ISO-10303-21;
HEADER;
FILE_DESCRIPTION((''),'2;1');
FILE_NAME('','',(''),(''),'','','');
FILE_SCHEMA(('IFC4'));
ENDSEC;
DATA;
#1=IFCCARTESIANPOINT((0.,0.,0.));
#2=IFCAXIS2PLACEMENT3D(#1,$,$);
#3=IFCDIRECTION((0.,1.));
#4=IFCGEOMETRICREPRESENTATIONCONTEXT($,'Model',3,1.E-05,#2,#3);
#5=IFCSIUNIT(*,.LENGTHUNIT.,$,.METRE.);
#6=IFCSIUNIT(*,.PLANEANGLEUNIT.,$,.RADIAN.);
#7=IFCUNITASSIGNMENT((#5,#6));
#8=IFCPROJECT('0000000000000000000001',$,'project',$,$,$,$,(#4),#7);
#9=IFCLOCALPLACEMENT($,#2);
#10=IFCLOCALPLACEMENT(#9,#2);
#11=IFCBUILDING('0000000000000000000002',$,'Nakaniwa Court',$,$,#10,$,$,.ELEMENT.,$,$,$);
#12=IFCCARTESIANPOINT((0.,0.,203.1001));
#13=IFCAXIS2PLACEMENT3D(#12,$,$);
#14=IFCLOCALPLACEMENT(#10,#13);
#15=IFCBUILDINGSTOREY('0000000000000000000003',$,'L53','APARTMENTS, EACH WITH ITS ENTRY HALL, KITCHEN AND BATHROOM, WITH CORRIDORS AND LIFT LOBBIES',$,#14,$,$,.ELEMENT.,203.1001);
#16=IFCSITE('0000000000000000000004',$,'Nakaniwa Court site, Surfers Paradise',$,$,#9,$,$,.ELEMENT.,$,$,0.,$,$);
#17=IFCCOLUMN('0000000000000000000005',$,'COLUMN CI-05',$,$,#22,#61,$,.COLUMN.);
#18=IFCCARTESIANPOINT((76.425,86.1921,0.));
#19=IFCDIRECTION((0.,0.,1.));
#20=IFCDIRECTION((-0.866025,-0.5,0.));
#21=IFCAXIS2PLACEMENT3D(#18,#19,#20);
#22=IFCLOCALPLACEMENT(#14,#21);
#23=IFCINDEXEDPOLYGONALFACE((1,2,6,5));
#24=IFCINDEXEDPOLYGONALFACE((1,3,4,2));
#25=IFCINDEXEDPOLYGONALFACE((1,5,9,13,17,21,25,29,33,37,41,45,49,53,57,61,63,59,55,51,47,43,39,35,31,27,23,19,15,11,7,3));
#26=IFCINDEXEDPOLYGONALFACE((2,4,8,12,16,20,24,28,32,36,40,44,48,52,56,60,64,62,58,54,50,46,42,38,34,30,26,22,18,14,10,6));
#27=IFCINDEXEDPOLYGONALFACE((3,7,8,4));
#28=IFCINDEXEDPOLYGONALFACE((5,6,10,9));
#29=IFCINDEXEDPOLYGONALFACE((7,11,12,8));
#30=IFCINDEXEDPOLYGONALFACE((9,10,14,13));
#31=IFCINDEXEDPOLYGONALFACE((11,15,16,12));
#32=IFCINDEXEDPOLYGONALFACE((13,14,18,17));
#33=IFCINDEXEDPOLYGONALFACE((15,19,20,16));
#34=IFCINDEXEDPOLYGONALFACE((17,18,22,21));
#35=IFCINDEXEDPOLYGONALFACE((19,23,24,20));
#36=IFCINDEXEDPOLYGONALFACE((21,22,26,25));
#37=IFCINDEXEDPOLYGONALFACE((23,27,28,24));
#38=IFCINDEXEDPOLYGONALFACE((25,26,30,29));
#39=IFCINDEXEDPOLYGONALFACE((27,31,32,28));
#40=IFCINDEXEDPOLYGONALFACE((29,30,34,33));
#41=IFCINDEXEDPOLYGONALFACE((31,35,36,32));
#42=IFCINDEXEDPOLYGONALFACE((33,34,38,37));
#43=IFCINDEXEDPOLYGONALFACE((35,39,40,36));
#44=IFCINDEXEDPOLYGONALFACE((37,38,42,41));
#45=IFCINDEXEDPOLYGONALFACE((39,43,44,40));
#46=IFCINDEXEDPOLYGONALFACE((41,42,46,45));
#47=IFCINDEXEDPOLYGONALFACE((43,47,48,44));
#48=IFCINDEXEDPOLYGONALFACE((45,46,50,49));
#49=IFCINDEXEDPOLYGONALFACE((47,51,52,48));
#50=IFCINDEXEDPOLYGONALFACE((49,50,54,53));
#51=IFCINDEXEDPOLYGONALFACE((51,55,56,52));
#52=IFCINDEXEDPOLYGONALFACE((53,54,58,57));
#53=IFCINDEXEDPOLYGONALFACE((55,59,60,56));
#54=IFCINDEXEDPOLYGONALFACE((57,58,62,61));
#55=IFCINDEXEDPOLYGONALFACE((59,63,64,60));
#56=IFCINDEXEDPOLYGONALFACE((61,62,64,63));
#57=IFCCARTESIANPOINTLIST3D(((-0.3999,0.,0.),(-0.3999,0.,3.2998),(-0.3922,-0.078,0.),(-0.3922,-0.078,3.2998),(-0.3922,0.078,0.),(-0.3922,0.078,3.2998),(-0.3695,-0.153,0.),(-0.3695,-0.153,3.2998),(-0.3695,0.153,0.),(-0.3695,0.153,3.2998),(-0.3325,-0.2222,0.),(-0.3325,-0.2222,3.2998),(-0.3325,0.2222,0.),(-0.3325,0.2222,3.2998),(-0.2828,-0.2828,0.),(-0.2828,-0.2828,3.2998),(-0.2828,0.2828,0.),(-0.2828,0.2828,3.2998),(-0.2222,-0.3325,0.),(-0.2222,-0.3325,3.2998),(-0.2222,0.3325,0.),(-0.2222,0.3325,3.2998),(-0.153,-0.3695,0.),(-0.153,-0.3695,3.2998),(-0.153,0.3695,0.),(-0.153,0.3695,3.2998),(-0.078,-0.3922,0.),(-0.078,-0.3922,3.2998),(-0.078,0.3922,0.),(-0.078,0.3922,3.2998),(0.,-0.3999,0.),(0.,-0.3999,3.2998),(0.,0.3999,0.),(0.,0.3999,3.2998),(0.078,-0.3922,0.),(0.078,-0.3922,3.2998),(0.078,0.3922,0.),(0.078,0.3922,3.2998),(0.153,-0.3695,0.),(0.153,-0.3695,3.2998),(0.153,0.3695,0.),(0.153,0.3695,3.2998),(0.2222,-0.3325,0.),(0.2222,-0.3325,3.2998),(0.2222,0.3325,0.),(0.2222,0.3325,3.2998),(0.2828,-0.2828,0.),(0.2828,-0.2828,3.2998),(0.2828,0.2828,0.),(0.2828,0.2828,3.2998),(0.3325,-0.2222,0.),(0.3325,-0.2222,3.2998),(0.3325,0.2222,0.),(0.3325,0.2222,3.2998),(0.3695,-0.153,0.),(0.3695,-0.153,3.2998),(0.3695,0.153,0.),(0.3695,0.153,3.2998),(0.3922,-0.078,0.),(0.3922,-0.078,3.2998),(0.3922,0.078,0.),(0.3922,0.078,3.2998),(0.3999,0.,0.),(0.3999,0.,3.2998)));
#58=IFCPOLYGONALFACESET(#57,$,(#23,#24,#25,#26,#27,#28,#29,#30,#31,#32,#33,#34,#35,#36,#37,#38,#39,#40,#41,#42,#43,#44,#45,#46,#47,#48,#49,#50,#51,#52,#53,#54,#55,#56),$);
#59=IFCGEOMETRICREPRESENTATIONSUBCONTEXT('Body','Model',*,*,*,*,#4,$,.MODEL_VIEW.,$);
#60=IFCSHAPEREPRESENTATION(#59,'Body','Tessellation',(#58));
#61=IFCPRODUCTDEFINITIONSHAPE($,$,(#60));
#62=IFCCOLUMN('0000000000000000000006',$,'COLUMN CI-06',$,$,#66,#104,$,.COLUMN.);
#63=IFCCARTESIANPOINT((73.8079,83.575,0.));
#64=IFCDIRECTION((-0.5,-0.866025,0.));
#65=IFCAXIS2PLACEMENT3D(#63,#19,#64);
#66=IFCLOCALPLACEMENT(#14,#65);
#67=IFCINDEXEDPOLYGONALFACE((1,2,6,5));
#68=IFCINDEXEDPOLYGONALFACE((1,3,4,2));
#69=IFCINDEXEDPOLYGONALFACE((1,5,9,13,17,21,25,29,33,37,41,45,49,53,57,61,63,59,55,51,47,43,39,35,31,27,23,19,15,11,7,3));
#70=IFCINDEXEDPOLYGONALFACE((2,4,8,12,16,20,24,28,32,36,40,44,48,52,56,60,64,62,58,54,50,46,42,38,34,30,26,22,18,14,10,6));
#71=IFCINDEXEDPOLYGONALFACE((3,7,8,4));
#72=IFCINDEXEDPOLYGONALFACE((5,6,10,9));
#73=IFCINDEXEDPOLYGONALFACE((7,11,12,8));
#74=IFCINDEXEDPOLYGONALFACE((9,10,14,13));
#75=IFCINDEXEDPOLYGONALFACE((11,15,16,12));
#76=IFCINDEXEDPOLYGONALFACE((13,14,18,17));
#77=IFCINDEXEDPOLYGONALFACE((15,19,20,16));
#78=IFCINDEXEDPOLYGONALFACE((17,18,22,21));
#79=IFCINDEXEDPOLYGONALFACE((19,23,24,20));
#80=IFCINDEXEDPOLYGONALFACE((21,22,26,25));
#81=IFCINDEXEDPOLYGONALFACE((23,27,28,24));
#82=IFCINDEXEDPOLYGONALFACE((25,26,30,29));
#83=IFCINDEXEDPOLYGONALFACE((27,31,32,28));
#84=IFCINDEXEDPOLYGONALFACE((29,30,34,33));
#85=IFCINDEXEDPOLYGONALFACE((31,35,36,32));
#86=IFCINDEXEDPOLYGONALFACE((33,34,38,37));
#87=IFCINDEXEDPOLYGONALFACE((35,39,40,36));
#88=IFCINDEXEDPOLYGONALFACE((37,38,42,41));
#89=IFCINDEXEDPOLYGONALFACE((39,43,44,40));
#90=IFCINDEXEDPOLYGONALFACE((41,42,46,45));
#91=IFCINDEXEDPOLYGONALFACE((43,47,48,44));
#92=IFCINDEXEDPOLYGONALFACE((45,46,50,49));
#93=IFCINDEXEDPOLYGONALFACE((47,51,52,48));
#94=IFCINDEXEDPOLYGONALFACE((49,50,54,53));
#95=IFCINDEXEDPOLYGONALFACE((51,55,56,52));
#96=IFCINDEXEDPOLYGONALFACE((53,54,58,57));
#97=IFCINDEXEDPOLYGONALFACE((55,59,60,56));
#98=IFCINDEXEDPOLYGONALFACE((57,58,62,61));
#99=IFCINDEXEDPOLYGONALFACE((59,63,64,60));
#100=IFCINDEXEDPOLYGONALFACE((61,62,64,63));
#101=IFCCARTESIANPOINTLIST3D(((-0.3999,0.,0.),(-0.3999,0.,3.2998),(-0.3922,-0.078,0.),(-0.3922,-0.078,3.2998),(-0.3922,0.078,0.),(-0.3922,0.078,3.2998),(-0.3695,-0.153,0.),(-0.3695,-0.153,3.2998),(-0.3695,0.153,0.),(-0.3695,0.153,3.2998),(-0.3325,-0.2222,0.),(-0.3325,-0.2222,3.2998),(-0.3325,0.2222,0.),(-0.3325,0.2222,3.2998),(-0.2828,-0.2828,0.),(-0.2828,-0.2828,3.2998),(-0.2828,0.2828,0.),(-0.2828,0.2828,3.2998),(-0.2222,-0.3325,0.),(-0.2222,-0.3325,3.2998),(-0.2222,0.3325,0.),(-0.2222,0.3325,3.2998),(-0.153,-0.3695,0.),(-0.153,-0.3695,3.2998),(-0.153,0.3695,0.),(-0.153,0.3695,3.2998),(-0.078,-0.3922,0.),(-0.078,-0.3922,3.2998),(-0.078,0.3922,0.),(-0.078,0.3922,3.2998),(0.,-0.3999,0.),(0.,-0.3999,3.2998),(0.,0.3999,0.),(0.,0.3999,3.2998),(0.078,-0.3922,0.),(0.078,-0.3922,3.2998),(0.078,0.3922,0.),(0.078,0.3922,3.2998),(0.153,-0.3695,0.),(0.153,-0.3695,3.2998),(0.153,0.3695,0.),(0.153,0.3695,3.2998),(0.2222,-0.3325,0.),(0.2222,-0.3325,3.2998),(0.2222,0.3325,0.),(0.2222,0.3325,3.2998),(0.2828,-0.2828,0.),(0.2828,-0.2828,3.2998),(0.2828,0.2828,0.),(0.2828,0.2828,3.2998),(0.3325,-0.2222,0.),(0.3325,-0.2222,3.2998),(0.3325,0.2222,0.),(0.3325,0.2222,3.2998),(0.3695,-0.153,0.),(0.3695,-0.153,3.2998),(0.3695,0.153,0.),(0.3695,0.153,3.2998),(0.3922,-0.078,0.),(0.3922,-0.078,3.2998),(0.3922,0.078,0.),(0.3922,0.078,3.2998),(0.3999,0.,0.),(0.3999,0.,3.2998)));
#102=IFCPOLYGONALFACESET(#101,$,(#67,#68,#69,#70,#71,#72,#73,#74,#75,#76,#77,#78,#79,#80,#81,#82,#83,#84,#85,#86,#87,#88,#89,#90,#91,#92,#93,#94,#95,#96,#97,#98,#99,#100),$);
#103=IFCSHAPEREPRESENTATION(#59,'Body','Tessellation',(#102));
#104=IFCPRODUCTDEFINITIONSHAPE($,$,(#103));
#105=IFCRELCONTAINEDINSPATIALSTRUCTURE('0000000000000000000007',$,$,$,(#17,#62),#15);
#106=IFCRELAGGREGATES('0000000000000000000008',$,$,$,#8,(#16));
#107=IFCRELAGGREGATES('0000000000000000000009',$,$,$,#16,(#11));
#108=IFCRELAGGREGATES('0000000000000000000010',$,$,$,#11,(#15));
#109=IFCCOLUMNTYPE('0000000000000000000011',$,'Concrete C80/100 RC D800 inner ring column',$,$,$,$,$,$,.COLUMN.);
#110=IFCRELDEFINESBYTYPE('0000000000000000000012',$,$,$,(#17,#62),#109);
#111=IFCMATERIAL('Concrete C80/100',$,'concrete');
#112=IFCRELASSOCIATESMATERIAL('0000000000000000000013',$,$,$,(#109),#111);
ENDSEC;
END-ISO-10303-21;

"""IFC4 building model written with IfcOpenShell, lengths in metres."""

from ifc_helpers import new_model, si_unit, direction, frame, origin, origin_2d, place, context, subcontext, project, spatial, circle, extrude, material, material_profile, profile_set, type_object, element, save


model = new_model("IFC4")

# Units and contexts
model_context = context("Model", 3, precision=1e-05, world=origin(), true_north=direction((0.0, 1.0)))
body_context = subcontext(model_context, "Body", "Model", "MODEL_VIEW")
ifc_project = project(units=[si_unit("LENGTHUNIT", "METRE"), si_unit("PLANEANGLEUNIT", "RADIAN")], contexts=[model_context])

# Site, building, storey
site_placement = place(None, origin())
site = spatial("IfcSite", under=ifc_project, at=site_placement, Name="Nakaniwa Court site, Surfers Paradise", CompositionType="ELEMENT", RefElevation=0.0)
building_placement = place(site_placement, origin())
building = spatial("IfcBuilding", under=site, at=building_placement, Name="Nakaniwa Court", CompositionType="ELEMENT")
storey_placement = place(building_placement, frame((0.0, 0.0, 203.1001)))
storey = spatial("IfcBuildingStorey", under=building, at=storey_placement, Name="L53", Description="APARTMENTS, EACH WITH ITS ENTRY HALL, KITCHEN AND BATHROOM, WITH CORRIDORS AND LIFT LOBBIES", CompositionType="ELEMENT", Elevation=203.1001)

# Columns
ifc_material_1 = material(Name="Concrete C80/100", Category="concrete")
ifc_material_profile_1 = material_profile(ifc_material_1, circle(Radius=0.3999, at=origin_2d()), Name="Concrete C80/100 RC D800 inner ring column")
ifc_profile_set_1 = profile_set([ifc_material_profile_1], Name="Concrete C80/100")
column_type_1 = type_object("IfcColumnType", Name="Concrete C80/100 RC D800 inner ring column", PredefinedType="COLUMN", material=ifc_profile_set_1)
for number, where, z_axis, x_axis, name in (
    (1, (76.425, 86.1921, 0.0), (0.0, 0.0, 1.0), (-0.866025, -0.5, 0.0), "COLUMN CI-05"),
    (2, (73.8079, 83.575, 0.0), (0.0, 0.0, 1.0), (-0.5, -0.866025, 0.0), "COLUMN CI-06"),
):
    element("IfcColumn", number, at=place(storey_placement, frame(where, z_axis=z_axis, x_axis=x_axis)), inside=storey, type_object=column_type_1, Name=name, PredefinedType="COLUMN", context=body_context, shape_type="SweptSolid", body=[
        extrude(circle(Radius=0.3999, at=origin_2d()), origin(), (0.0, 0.0, 1.0), 3.2998),
    ])

save(model, "model.ifc")
